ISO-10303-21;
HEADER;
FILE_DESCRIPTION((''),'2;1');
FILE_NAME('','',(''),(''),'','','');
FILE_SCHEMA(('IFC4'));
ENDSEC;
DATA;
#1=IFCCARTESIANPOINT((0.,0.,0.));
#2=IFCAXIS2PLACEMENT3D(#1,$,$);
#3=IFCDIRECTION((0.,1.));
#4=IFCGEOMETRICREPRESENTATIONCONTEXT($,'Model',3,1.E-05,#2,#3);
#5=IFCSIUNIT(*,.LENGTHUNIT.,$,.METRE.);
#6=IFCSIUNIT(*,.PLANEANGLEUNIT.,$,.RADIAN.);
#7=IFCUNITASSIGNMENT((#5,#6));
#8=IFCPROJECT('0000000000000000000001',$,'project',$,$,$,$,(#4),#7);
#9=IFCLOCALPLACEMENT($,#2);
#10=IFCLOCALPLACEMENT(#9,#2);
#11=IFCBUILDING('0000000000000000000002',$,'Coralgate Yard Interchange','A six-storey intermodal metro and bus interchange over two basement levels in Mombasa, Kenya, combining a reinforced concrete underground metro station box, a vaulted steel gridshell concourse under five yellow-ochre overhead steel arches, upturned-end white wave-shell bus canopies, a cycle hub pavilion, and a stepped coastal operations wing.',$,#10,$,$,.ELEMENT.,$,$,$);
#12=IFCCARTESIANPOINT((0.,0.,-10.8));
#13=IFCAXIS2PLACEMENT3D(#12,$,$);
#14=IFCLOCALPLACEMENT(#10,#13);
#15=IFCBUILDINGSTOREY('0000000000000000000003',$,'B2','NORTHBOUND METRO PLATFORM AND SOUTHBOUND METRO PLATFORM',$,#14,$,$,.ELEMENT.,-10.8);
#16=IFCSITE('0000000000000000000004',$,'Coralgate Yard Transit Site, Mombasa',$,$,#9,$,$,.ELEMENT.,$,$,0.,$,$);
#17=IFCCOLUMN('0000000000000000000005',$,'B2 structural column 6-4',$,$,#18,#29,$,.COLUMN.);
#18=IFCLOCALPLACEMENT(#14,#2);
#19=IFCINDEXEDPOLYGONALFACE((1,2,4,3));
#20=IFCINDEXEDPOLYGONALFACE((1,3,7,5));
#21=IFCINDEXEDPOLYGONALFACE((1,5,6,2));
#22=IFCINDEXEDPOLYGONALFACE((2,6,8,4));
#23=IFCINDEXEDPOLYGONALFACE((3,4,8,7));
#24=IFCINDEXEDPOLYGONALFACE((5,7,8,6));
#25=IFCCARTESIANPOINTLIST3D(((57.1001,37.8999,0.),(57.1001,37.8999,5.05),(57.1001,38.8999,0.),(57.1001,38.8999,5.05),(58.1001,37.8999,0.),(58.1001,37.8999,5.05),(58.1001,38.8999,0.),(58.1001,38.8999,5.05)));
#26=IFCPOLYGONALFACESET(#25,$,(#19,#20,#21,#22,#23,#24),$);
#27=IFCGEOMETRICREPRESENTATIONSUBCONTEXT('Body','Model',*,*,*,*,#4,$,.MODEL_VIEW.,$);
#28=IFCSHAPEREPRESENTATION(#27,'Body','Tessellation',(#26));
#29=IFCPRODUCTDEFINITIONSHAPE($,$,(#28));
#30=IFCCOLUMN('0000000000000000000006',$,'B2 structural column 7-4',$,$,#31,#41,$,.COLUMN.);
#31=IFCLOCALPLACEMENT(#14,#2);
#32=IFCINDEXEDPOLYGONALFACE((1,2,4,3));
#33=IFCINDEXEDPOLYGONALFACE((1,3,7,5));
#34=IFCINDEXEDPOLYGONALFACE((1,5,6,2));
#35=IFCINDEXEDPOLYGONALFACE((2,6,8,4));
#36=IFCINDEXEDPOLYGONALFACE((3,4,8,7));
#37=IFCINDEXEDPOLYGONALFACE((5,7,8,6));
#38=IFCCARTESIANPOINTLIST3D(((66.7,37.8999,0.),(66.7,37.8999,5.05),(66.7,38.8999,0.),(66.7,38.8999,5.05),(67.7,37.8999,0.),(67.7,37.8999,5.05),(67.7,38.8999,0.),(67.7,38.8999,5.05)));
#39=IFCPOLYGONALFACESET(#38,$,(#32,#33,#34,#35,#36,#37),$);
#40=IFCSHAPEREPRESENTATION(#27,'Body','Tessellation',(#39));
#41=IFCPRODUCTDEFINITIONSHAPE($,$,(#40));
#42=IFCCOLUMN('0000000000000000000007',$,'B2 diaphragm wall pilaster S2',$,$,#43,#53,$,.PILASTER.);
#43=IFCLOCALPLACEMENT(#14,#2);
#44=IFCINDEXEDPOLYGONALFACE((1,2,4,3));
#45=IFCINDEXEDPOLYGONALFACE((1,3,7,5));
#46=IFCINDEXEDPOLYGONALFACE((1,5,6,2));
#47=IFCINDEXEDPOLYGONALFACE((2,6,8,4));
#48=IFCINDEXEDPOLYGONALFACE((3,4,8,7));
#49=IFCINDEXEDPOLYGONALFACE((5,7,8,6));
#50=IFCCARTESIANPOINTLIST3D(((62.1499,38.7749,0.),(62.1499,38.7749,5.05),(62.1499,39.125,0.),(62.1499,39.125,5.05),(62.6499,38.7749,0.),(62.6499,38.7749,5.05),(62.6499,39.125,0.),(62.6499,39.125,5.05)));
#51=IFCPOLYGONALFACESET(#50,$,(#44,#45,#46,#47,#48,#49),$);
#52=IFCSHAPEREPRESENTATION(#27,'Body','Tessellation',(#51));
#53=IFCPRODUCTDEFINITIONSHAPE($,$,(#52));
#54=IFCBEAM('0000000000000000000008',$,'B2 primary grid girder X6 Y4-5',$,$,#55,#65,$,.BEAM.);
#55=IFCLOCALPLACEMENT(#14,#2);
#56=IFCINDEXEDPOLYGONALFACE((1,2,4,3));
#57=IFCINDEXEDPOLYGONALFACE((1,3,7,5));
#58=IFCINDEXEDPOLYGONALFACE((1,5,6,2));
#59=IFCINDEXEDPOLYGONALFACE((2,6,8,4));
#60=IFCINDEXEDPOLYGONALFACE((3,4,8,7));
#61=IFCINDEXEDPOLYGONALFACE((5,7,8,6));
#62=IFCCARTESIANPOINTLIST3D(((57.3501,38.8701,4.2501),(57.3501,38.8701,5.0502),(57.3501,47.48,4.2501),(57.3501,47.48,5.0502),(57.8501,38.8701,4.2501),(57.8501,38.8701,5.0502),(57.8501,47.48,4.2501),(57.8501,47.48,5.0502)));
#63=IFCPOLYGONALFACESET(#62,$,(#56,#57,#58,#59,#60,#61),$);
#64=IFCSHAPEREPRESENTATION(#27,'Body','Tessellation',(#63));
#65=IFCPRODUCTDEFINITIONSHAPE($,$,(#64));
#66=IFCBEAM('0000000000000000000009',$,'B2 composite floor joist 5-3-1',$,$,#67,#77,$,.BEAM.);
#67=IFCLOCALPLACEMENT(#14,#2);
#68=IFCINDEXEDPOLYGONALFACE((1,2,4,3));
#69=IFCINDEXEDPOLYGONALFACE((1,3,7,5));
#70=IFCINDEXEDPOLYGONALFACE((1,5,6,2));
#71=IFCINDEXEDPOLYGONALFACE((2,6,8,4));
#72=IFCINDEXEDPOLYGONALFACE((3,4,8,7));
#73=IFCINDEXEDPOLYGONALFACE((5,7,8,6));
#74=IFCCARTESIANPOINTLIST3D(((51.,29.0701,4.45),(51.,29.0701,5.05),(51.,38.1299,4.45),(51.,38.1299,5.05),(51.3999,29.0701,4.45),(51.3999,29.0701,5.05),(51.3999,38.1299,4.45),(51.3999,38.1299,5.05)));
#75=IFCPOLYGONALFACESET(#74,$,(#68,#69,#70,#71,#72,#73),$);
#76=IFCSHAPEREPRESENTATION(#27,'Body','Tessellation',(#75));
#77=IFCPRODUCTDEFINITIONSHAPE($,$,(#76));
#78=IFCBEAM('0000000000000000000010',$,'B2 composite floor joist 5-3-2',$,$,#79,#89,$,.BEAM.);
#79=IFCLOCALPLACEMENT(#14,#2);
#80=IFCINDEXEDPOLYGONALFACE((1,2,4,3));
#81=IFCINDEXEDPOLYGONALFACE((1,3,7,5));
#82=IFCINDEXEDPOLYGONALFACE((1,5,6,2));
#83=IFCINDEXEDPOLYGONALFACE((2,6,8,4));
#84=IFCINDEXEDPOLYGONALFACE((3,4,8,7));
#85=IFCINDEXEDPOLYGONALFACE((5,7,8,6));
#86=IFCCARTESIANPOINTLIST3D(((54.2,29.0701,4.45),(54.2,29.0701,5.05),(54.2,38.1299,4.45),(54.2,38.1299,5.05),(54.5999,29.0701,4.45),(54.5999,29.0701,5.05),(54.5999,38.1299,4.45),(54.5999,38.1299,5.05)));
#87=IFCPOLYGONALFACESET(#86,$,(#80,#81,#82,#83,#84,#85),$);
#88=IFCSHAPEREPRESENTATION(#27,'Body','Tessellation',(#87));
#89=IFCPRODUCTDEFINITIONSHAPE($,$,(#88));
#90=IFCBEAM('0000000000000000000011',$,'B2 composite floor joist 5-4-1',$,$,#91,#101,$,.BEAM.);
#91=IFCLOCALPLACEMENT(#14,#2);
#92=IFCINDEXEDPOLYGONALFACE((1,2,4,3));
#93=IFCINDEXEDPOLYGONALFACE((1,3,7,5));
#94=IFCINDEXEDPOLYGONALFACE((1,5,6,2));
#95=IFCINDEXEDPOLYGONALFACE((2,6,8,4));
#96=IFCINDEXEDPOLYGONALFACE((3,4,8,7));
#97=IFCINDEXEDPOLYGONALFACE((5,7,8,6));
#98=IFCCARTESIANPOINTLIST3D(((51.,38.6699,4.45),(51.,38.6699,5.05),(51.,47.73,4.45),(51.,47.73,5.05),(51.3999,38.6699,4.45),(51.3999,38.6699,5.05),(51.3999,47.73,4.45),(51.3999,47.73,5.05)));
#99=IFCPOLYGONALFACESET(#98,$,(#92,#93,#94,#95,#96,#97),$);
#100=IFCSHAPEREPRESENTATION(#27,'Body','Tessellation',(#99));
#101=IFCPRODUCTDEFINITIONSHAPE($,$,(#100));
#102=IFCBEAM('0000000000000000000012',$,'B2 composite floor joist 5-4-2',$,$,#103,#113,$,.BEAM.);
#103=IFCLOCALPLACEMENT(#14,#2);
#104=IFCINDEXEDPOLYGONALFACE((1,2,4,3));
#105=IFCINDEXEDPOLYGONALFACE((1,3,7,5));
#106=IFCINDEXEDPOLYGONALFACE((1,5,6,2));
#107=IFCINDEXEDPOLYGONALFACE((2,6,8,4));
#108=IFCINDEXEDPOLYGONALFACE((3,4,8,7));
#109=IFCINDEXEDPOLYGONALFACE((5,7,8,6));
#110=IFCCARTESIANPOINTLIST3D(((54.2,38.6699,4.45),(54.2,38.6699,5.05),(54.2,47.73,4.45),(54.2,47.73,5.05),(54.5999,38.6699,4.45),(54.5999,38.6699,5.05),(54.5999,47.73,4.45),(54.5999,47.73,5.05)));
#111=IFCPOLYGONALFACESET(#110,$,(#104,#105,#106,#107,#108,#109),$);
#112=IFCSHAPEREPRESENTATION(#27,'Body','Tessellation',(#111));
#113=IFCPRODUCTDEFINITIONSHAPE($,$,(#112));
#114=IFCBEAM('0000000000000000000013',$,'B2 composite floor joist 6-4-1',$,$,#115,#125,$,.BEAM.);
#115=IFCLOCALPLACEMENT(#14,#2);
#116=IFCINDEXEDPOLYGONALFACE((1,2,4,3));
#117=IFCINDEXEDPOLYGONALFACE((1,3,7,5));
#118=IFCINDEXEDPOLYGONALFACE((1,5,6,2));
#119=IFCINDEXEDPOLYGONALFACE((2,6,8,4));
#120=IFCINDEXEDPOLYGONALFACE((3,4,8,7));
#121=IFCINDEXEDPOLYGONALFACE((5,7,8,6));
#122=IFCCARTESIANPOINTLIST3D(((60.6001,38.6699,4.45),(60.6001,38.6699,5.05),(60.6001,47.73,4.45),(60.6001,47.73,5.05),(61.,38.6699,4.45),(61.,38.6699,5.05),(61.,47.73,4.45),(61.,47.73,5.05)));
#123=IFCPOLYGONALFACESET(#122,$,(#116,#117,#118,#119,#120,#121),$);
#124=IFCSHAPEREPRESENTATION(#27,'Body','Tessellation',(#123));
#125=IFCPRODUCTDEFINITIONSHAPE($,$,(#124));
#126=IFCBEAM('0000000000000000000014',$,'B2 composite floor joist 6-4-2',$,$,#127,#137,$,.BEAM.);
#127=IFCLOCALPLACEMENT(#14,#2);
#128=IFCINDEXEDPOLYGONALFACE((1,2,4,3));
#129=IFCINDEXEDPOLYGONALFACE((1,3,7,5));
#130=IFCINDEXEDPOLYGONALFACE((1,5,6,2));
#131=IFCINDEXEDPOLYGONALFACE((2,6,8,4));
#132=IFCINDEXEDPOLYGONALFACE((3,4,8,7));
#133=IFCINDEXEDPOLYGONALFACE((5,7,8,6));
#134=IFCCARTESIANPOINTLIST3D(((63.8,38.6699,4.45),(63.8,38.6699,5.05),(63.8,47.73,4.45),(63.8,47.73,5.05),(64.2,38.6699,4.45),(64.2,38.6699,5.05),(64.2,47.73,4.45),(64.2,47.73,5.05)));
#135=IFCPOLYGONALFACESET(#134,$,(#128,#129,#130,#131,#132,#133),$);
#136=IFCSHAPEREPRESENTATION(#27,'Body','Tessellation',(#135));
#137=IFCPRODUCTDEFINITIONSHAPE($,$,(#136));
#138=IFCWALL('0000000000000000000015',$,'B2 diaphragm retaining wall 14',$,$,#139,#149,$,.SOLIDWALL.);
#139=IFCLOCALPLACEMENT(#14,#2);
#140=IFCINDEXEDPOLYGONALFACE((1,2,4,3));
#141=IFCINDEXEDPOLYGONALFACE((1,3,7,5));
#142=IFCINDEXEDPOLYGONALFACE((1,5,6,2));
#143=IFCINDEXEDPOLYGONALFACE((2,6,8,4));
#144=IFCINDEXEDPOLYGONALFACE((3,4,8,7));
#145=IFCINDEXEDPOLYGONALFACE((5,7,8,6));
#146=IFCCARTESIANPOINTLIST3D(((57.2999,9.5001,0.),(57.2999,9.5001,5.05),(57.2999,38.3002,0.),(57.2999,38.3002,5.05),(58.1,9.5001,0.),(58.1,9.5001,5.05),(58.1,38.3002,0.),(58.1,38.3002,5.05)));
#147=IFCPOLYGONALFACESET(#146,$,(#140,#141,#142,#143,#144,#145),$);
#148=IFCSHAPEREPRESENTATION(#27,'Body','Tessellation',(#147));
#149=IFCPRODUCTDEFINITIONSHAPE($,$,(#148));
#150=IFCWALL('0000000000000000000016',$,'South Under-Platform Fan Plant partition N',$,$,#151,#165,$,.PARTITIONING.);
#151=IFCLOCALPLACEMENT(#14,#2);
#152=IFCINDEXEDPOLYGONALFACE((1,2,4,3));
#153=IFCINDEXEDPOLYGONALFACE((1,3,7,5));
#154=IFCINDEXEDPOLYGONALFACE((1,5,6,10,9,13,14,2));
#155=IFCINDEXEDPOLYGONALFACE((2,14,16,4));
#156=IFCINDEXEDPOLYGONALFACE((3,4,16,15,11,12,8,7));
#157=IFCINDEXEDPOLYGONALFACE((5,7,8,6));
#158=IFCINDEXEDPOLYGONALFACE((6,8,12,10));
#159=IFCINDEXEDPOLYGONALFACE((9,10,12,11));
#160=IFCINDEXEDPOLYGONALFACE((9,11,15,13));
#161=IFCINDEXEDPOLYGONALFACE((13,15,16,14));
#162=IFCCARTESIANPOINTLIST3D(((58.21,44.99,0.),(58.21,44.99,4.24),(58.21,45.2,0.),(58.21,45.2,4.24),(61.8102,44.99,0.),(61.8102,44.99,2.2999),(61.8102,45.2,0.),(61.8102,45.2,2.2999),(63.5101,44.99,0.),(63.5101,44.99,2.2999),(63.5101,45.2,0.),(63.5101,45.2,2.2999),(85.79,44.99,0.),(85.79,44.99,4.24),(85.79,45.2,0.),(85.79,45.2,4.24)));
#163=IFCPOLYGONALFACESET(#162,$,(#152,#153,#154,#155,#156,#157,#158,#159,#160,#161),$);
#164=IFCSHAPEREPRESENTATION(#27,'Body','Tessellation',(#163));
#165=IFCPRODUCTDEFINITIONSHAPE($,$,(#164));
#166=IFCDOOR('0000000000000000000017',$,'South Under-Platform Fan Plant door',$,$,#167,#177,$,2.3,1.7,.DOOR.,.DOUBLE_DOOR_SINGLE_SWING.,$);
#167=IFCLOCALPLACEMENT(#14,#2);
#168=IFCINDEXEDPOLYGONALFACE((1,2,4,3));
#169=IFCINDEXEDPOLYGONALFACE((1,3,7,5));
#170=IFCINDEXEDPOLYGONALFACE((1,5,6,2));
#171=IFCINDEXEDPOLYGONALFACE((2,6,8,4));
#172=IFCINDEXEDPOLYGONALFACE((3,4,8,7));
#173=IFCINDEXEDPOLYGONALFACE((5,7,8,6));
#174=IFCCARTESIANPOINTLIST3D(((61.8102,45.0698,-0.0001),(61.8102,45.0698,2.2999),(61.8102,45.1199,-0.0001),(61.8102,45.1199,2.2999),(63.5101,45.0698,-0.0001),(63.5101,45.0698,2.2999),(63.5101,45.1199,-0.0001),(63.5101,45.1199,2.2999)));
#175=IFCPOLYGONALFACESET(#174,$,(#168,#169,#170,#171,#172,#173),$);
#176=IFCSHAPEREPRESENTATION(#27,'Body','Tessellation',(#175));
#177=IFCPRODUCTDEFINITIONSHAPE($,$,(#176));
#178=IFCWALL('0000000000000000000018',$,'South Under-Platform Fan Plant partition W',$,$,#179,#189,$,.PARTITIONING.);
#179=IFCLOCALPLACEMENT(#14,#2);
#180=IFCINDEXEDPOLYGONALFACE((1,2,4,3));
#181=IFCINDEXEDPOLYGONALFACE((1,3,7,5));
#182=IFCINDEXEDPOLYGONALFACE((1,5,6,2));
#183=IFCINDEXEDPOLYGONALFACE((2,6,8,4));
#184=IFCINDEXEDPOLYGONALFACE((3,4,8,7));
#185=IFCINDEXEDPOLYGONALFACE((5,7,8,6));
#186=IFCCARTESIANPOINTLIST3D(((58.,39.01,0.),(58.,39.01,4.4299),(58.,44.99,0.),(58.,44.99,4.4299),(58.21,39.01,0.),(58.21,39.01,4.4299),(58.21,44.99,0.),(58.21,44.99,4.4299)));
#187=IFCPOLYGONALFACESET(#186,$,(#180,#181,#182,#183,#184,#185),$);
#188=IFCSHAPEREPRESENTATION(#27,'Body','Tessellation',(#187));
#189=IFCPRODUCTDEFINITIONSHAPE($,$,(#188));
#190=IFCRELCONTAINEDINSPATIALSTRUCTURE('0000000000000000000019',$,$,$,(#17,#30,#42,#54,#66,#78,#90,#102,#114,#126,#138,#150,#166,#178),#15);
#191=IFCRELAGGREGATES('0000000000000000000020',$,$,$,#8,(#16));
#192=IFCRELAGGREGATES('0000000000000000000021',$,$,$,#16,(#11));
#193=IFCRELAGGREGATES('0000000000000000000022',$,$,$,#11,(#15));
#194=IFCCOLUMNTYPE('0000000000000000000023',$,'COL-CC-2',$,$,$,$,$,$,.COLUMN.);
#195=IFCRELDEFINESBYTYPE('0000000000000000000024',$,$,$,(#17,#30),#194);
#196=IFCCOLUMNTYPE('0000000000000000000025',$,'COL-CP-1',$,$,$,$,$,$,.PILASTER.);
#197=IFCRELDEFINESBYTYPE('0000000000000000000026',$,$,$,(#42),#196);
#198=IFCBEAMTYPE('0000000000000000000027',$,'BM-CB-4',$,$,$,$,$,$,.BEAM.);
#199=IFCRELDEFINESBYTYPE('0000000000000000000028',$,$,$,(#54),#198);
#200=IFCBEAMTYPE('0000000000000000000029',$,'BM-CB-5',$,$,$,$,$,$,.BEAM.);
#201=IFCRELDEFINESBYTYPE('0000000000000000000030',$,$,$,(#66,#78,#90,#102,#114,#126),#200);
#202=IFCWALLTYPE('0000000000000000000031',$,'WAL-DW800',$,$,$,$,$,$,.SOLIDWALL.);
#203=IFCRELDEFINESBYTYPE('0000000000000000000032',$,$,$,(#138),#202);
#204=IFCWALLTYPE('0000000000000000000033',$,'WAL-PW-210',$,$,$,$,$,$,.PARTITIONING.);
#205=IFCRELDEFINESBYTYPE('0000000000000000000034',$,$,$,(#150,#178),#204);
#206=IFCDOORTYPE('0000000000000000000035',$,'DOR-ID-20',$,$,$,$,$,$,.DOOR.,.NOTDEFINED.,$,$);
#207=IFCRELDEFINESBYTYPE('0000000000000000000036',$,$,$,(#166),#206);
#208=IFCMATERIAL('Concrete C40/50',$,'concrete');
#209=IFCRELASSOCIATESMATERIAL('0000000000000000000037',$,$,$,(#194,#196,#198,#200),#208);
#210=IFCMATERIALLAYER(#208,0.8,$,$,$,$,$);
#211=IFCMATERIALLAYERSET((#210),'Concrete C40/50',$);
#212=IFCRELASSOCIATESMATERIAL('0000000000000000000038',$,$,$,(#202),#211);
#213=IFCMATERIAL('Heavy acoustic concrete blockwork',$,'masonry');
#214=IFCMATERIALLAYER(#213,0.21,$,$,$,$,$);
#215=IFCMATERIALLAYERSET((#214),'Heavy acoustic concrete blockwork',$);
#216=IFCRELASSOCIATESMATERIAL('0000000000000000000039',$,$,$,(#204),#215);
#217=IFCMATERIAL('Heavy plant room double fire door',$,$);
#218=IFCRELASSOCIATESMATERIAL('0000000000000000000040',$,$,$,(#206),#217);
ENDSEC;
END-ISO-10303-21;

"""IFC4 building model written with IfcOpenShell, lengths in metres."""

from ifc_helpers import new_model, si_unit, direction, frame, frame_2d, origin, origin_2d, place, context, subcontext, project, spatial, rectangle, extrude, material, layer, layer_set, material_profile, profile_set, type_object, element, fill, save


model = new_model("IFC4")

# Units and contexts
model_context = context("Model", 3, precision=1e-05, world=origin(), true_north=direction((0.0, 1.0)))
body_context = subcontext(model_context, "Body", "Model", "MODEL_VIEW")
ifc_project = project(units=[si_unit("LENGTHUNIT", "METRE"), si_unit("PLANEANGLEUNIT", "RADIAN")], contexts=[model_context])

# Site, building, storey
site_placement = place(None, origin())
site = spatial("IfcSite", under=ifc_project, at=site_placement, Name="Coralgate Yard Transit Site, Mombasa", CompositionType="ELEMENT", RefElevation=0.0)
building_placement = place(site_placement, origin())
building = spatial("IfcBuilding", under=site, at=building_placement, Name="Coralgate Yard Interchange", Description="A six-storey intermodal metro and bus interchange over two basement levels in Mombasa, Kenya, combining a reinforced concrete underground metro station box, a vaulted steel gridshell concourse under five yellow-ochre overhead steel arches, upturned-end white wave-shell bus canopies, a cycle hub pavilion, and a stepped coastal operations wing.", CompositionType="ELEMENT")
storey_placement = place(building_placement, frame((0.0, 0.0, -10.8)))
storey = spatial("IfcBuildingStorey", under=building, at=storey_placement, Name="B2", Description="NORTHBOUND METRO PLATFORM AND SOUTHBOUND METRO PLATFORM", CompositionType="ELEMENT", Elevation=-10.8)

# Shared definitions
ifc_material_1 = material(Name="Concrete C40/50", Category="concrete")

# Columns
ifc_material_profile_1 = material_profile(ifc_material_1, rectangle(XDim=1.0, YDim=1.0, at=origin_2d()), Name="RC 1000x1000")
ifc_profile_set_1 = profile_set([ifc_material_profile_1], Name="Concrete C40/50")
column_type_1 = type_object("IfcColumnType", Name="COL-CC-2", PredefinedType="COLUMN", material=ifc_profile_set_1)
for number, where, z_axis, x_axis, name in (
    (1, (57.6001, 38.3999, 0.0), (0.0, 0.0, 1.0), (1.0, 0.0, 0.0), "B2 structural column 6-4"),
    (2, (67.2, 38.3999, 0.0), (0.0, 0.0, 1.0), (1.0, 0.0, 0.0), "B2 structural column 7-4"),
):
    element("IfcColumn", number, at=place(storey_placement, frame(where, z_axis=z_axis, x_axis=x_axis)), inside=storey, type_object=column_type_1, Name=name, PredefinedType="COLUMN", context=body_context, shape_type="SweptSolid", body=[
        extrude(rectangle(XDim=1.0, YDim=1.0, at=origin_2d()), origin(), (0.0, 0.0, 1.0), 5.05),
    ])
ifc_material_profile_2 = material_profile(ifc_material_1, rectangle(XDim=0.5, YDim=0.3501, at=origin_2d()), Name="RC 500x350")
ifc_profile_set_2 = profile_set([ifc_material_profile_2], Name="Concrete C40/50")
column_type_2 = type_object("IfcColumnType", Name="COL-CP-1", PredefinedType="PILASTER", material=ifc_profile_set_2)
column_placement = place(storey_placement, frame((62.3999, 38.95, 0.0), z_axis=(0.0, 0.0, 1.0), x_axis=(1.0, 0.0, 0.0)))
element("IfcColumn", 3, at=column_placement, inside=storey, type_object=column_type_2, Name="B2 diaphragm wall pilaster S2", PredefinedType="PILASTER", context=body_context, shape_type="SweptSolid", body=[
    extrude(rectangle(XDim=0.5, YDim=0.3501, at=origin_2d()), origin(), (0.0, 0.0, 1.0), 5.05),
])

# Beams
ifc_material_profile_3 = material_profile(ifc_material_1, rectangle(XDim=0.5, YDim=0.8, at=origin_2d()), Name="RC 500x800")
ifc_profile_set_3 = profile_set([ifc_material_profile_3], Name="Concrete C40/50")
beam_type_1 = type_object("IfcBeamType", Name="BM-CB-4", PredefinedType="BEAM", material=ifc_profile_set_3)
beam_placement = place(storey_placement, frame((57.6001, 38.8701, 4.6501), z_axis=(0.0, 1.0, 0.0), x_axis=(-1.0, 0.0, 0.0)))
element("IfcBeam", 4, at=beam_placement, inside=storey, type_object=beam_type_1, Name="B2 primary grid girder X6 Y4-5", PredefinedType="BEAM", context=body_context, shape_type="SweptSolid", body=[
    extrude(rectangle(XDim=0.5, YDim=0.8, at=origin_2d()), origin(), (0.0, 0.0, 1.0), 8.6099),
])
ifc_material_profile_4 = material_profile(ifc_material_1, rectangle(XDim=0.3999, YDim=0.6001, at=origin_2d()), Name="RC 400x600")
ifc_profile_set_4 = profile_set([ifc_material_profile_4], Name="Concrete C40/50")
beam_type_2 = type_object("IfcBeamType", Name="BM-CB-5", PredefinedType="BEAM", material=ifc_profile_set_4)
for number, where, z_axis, x_axis, name in (
    (5, (51.2, 29.0701, 4.75), (0.0, 1.0, 0.0), (-1.0, 0.0, 0.0), "B2 composite floor joist 5-3-1"),
    (6, (54.3999, 29.0701, 4.75), (0.0, 1.0, 0.0), (-1.0, 0.0, 0.0), "B2 composite floor joist 5-3-2"),
):
    element("IfcBeam", number, at=place(storey_placement, frame(where, z_axis=z_axis, x_axis=x_axis)), inside=storey, type_object=beam_type_2, Name=name, PredefinedType="BEAM", context=body_context, shape_type="SweptSolid", body=[
        extrude(rectangle(XDim=0.3999, YDim=0.6001, at=origin_2d()), origin(), (0.0, 0.0, 1.0), 9.0598),
    ])
for number, where, z_axis, x_axis, name in (
    (7, (51.2, 38.6699, 4.75), (0.0, 1.0, 0.0), (-1.0, 0.0, 0.0), "B2 composite floor joist 5-4-1"),
    (8, (54.3999, 38.6699, 4.75), (0.0, 1.0, 0.0), (-1.0, 0.0, 0.0), "B2 composite floor joist 5-4-2"),
    (9, (60.8, 38.6699, 4.75), (0.0, 1.0, 0.0), (-1.0, 0.0, 0.0), "B2 composite floor joist 6-4-1"),
    (10, (64.0, 38.6699, 4.75), (0.0, 1.0, 0.0), (-1.0, 0.0, 0.0), "B2 composite floor joist 6-4-2"),
):
    element("IfcBeam", number, at=place(storey_placement, frame(where, z_axis=z_axis, x_axis=x_axis)), inside=storey, type_object=beam_type_2, Name=name, PredefinedType="BEAM", context=body_context, shape_type="SweptSolid", body=[
        extrude(rectangle(XDim=0.3999, YDim=0.6001, at=origin_2d()), origin(), (0.0, 0.0, 1.0), 9.0601),
    ])

# Wall
ifc_layer_1 = layer(ifc_material_1, 0.8)
ifc_layer_set_1 = layer_set([ifc_layer_1], Name="Concrete C40/50")
wall_type_1 = type_object("IfcWallType", Name="WAL-DW800", PredefinedType="SOLIDWALL", material=ifc_layer_set_1)
wall_1_placement = place(storey_placement, frame((57.7, 38.3, 0.0), z_axis=(0.0, 0.0, 1.0), x_axis=(0.0, -1.0, 0.0)))
element("IfcWall", 11, at=wall_1_placement, inside=storey, type_object=wall_type_1, Name="B2 diaphragm retaining wall 14", PredefinedType="SOLIDWALL", context=body_context, shape_type="SweptSolid", body=[
    extrude(rectangle(XDim=28.8, YDim=0.8, at=frame_2d((14.3999, 0.0))), origin(), (0.0, 0.0, 1.0), 5.05),
])

# Wall, opening, door
ifc_material_2 = material(Name="Heavy acoustic concrete blockwork", Category="masonry")
ifc_layer_2 = layer(ifc_material_2, 0.21)
ifc_layer_set_2 = layer_set([ifc_layer_2], Name="Heavy acoustic concrete blockwork")
wall_type_2 = type_object("IfcWallType", Name="WAL-PW-210", PredefinedType="PARTITIONING", material=ifc_layer_set_2)
wall_2_placement = place(storey_placement, frame((58.21, 45.095, 0.0), z_axis=(0.0, 0.0, 1.0), x_axis=(1.0, 0.0, 0.0)))
wall_2 = element("IfcWall", 12, at=wall_2_placement, inside=storey, type_object=wall_type_2, Name="South Under-Platform Fan Plant partition N", PredefinedType="PARTITIONING", context=body_context, shape_type="SweptSolid", body=[
    extrude(rectangle(XDim=27.5801, YDim=0.21, at=frame_2d((13.79, 0.0))), origin(), (0.0, 0.0, 1.0), 4.24),
])
opening_placement = place(wall_2_placement, frame((3.6001, 0.0, 0.0)))
opening = element("IfcOpeningElement", 13, at=opening_placement, cuts=wall_2, PredefinedType="OPENING", context=body_context, shape_type="SweptSolid", body=[
    extrude(rectangle(XDim=1.7, YDim=2.3, at=frame_2d((0.8501, 1.1499))), frame((0.0, 0.115, 0.0), z_axis=(0.0, -1.0, 0.0), x_axis=(1.0, 0.0, 0.0)), (0.0, 0.0, 1.0), 0.23),
])
ifc_material_3 = material(Name="Heavy plant room double fire door")
door_type = type_object("IfcDoorType", Name="DOR-ID-20", OperationType="NOTDEFINED", PredefinedType="DOOR", material=ifc_material_3)
door_placement = place(opening_placement, origin())
door = element("IfcDoor", 14, at=door_placement, inside=storey, type_object=door_type, Name="South Under-Platform Fan Plant door", OperationType="DOUBLE_DOOR_SINGLE_SWING", OverallHeight=2.3, OverallWidth=1.7, PredefinedType="DOOR", context=body_context, shape_type="SweptSolid", body=[
    extrude(rectangle(XDim=1.7, YDim=2.3, at=frame_2d((0.8501, 1.1499))), frame((0.0, 0.0249, 0.0), z_axis=(0.0, -1.0, 0.0), x_axis=(1.0, 0.0, 0.0)), (0.0, 0.0, 1.0), 0.05),
])
fill(opening, door)

# Wall
wall_3_placement = place(storey_placement, frame((58.105, 39.01, 0.0), z_axis=(0.0, 0.0, 1.0), x_axis=(0.0, 1.0, 0.0)))
element("IfcWall", 15, at=wall_3_placement, inside=storey, type_object=wall_type_2, Name="South Under-Platform Fan Plant partition W", PredefinedType="PARTITIONING", context=body_context, shape_type="SweptSolid", body=[
    extrude(rectangle(XDim=5.98, YDim=0.21, at=frame_2d((2.99, 0.0))), origin(), (0.0, 0.0, 1.0), 4.4299),
])

save(model, "model.ifc")
